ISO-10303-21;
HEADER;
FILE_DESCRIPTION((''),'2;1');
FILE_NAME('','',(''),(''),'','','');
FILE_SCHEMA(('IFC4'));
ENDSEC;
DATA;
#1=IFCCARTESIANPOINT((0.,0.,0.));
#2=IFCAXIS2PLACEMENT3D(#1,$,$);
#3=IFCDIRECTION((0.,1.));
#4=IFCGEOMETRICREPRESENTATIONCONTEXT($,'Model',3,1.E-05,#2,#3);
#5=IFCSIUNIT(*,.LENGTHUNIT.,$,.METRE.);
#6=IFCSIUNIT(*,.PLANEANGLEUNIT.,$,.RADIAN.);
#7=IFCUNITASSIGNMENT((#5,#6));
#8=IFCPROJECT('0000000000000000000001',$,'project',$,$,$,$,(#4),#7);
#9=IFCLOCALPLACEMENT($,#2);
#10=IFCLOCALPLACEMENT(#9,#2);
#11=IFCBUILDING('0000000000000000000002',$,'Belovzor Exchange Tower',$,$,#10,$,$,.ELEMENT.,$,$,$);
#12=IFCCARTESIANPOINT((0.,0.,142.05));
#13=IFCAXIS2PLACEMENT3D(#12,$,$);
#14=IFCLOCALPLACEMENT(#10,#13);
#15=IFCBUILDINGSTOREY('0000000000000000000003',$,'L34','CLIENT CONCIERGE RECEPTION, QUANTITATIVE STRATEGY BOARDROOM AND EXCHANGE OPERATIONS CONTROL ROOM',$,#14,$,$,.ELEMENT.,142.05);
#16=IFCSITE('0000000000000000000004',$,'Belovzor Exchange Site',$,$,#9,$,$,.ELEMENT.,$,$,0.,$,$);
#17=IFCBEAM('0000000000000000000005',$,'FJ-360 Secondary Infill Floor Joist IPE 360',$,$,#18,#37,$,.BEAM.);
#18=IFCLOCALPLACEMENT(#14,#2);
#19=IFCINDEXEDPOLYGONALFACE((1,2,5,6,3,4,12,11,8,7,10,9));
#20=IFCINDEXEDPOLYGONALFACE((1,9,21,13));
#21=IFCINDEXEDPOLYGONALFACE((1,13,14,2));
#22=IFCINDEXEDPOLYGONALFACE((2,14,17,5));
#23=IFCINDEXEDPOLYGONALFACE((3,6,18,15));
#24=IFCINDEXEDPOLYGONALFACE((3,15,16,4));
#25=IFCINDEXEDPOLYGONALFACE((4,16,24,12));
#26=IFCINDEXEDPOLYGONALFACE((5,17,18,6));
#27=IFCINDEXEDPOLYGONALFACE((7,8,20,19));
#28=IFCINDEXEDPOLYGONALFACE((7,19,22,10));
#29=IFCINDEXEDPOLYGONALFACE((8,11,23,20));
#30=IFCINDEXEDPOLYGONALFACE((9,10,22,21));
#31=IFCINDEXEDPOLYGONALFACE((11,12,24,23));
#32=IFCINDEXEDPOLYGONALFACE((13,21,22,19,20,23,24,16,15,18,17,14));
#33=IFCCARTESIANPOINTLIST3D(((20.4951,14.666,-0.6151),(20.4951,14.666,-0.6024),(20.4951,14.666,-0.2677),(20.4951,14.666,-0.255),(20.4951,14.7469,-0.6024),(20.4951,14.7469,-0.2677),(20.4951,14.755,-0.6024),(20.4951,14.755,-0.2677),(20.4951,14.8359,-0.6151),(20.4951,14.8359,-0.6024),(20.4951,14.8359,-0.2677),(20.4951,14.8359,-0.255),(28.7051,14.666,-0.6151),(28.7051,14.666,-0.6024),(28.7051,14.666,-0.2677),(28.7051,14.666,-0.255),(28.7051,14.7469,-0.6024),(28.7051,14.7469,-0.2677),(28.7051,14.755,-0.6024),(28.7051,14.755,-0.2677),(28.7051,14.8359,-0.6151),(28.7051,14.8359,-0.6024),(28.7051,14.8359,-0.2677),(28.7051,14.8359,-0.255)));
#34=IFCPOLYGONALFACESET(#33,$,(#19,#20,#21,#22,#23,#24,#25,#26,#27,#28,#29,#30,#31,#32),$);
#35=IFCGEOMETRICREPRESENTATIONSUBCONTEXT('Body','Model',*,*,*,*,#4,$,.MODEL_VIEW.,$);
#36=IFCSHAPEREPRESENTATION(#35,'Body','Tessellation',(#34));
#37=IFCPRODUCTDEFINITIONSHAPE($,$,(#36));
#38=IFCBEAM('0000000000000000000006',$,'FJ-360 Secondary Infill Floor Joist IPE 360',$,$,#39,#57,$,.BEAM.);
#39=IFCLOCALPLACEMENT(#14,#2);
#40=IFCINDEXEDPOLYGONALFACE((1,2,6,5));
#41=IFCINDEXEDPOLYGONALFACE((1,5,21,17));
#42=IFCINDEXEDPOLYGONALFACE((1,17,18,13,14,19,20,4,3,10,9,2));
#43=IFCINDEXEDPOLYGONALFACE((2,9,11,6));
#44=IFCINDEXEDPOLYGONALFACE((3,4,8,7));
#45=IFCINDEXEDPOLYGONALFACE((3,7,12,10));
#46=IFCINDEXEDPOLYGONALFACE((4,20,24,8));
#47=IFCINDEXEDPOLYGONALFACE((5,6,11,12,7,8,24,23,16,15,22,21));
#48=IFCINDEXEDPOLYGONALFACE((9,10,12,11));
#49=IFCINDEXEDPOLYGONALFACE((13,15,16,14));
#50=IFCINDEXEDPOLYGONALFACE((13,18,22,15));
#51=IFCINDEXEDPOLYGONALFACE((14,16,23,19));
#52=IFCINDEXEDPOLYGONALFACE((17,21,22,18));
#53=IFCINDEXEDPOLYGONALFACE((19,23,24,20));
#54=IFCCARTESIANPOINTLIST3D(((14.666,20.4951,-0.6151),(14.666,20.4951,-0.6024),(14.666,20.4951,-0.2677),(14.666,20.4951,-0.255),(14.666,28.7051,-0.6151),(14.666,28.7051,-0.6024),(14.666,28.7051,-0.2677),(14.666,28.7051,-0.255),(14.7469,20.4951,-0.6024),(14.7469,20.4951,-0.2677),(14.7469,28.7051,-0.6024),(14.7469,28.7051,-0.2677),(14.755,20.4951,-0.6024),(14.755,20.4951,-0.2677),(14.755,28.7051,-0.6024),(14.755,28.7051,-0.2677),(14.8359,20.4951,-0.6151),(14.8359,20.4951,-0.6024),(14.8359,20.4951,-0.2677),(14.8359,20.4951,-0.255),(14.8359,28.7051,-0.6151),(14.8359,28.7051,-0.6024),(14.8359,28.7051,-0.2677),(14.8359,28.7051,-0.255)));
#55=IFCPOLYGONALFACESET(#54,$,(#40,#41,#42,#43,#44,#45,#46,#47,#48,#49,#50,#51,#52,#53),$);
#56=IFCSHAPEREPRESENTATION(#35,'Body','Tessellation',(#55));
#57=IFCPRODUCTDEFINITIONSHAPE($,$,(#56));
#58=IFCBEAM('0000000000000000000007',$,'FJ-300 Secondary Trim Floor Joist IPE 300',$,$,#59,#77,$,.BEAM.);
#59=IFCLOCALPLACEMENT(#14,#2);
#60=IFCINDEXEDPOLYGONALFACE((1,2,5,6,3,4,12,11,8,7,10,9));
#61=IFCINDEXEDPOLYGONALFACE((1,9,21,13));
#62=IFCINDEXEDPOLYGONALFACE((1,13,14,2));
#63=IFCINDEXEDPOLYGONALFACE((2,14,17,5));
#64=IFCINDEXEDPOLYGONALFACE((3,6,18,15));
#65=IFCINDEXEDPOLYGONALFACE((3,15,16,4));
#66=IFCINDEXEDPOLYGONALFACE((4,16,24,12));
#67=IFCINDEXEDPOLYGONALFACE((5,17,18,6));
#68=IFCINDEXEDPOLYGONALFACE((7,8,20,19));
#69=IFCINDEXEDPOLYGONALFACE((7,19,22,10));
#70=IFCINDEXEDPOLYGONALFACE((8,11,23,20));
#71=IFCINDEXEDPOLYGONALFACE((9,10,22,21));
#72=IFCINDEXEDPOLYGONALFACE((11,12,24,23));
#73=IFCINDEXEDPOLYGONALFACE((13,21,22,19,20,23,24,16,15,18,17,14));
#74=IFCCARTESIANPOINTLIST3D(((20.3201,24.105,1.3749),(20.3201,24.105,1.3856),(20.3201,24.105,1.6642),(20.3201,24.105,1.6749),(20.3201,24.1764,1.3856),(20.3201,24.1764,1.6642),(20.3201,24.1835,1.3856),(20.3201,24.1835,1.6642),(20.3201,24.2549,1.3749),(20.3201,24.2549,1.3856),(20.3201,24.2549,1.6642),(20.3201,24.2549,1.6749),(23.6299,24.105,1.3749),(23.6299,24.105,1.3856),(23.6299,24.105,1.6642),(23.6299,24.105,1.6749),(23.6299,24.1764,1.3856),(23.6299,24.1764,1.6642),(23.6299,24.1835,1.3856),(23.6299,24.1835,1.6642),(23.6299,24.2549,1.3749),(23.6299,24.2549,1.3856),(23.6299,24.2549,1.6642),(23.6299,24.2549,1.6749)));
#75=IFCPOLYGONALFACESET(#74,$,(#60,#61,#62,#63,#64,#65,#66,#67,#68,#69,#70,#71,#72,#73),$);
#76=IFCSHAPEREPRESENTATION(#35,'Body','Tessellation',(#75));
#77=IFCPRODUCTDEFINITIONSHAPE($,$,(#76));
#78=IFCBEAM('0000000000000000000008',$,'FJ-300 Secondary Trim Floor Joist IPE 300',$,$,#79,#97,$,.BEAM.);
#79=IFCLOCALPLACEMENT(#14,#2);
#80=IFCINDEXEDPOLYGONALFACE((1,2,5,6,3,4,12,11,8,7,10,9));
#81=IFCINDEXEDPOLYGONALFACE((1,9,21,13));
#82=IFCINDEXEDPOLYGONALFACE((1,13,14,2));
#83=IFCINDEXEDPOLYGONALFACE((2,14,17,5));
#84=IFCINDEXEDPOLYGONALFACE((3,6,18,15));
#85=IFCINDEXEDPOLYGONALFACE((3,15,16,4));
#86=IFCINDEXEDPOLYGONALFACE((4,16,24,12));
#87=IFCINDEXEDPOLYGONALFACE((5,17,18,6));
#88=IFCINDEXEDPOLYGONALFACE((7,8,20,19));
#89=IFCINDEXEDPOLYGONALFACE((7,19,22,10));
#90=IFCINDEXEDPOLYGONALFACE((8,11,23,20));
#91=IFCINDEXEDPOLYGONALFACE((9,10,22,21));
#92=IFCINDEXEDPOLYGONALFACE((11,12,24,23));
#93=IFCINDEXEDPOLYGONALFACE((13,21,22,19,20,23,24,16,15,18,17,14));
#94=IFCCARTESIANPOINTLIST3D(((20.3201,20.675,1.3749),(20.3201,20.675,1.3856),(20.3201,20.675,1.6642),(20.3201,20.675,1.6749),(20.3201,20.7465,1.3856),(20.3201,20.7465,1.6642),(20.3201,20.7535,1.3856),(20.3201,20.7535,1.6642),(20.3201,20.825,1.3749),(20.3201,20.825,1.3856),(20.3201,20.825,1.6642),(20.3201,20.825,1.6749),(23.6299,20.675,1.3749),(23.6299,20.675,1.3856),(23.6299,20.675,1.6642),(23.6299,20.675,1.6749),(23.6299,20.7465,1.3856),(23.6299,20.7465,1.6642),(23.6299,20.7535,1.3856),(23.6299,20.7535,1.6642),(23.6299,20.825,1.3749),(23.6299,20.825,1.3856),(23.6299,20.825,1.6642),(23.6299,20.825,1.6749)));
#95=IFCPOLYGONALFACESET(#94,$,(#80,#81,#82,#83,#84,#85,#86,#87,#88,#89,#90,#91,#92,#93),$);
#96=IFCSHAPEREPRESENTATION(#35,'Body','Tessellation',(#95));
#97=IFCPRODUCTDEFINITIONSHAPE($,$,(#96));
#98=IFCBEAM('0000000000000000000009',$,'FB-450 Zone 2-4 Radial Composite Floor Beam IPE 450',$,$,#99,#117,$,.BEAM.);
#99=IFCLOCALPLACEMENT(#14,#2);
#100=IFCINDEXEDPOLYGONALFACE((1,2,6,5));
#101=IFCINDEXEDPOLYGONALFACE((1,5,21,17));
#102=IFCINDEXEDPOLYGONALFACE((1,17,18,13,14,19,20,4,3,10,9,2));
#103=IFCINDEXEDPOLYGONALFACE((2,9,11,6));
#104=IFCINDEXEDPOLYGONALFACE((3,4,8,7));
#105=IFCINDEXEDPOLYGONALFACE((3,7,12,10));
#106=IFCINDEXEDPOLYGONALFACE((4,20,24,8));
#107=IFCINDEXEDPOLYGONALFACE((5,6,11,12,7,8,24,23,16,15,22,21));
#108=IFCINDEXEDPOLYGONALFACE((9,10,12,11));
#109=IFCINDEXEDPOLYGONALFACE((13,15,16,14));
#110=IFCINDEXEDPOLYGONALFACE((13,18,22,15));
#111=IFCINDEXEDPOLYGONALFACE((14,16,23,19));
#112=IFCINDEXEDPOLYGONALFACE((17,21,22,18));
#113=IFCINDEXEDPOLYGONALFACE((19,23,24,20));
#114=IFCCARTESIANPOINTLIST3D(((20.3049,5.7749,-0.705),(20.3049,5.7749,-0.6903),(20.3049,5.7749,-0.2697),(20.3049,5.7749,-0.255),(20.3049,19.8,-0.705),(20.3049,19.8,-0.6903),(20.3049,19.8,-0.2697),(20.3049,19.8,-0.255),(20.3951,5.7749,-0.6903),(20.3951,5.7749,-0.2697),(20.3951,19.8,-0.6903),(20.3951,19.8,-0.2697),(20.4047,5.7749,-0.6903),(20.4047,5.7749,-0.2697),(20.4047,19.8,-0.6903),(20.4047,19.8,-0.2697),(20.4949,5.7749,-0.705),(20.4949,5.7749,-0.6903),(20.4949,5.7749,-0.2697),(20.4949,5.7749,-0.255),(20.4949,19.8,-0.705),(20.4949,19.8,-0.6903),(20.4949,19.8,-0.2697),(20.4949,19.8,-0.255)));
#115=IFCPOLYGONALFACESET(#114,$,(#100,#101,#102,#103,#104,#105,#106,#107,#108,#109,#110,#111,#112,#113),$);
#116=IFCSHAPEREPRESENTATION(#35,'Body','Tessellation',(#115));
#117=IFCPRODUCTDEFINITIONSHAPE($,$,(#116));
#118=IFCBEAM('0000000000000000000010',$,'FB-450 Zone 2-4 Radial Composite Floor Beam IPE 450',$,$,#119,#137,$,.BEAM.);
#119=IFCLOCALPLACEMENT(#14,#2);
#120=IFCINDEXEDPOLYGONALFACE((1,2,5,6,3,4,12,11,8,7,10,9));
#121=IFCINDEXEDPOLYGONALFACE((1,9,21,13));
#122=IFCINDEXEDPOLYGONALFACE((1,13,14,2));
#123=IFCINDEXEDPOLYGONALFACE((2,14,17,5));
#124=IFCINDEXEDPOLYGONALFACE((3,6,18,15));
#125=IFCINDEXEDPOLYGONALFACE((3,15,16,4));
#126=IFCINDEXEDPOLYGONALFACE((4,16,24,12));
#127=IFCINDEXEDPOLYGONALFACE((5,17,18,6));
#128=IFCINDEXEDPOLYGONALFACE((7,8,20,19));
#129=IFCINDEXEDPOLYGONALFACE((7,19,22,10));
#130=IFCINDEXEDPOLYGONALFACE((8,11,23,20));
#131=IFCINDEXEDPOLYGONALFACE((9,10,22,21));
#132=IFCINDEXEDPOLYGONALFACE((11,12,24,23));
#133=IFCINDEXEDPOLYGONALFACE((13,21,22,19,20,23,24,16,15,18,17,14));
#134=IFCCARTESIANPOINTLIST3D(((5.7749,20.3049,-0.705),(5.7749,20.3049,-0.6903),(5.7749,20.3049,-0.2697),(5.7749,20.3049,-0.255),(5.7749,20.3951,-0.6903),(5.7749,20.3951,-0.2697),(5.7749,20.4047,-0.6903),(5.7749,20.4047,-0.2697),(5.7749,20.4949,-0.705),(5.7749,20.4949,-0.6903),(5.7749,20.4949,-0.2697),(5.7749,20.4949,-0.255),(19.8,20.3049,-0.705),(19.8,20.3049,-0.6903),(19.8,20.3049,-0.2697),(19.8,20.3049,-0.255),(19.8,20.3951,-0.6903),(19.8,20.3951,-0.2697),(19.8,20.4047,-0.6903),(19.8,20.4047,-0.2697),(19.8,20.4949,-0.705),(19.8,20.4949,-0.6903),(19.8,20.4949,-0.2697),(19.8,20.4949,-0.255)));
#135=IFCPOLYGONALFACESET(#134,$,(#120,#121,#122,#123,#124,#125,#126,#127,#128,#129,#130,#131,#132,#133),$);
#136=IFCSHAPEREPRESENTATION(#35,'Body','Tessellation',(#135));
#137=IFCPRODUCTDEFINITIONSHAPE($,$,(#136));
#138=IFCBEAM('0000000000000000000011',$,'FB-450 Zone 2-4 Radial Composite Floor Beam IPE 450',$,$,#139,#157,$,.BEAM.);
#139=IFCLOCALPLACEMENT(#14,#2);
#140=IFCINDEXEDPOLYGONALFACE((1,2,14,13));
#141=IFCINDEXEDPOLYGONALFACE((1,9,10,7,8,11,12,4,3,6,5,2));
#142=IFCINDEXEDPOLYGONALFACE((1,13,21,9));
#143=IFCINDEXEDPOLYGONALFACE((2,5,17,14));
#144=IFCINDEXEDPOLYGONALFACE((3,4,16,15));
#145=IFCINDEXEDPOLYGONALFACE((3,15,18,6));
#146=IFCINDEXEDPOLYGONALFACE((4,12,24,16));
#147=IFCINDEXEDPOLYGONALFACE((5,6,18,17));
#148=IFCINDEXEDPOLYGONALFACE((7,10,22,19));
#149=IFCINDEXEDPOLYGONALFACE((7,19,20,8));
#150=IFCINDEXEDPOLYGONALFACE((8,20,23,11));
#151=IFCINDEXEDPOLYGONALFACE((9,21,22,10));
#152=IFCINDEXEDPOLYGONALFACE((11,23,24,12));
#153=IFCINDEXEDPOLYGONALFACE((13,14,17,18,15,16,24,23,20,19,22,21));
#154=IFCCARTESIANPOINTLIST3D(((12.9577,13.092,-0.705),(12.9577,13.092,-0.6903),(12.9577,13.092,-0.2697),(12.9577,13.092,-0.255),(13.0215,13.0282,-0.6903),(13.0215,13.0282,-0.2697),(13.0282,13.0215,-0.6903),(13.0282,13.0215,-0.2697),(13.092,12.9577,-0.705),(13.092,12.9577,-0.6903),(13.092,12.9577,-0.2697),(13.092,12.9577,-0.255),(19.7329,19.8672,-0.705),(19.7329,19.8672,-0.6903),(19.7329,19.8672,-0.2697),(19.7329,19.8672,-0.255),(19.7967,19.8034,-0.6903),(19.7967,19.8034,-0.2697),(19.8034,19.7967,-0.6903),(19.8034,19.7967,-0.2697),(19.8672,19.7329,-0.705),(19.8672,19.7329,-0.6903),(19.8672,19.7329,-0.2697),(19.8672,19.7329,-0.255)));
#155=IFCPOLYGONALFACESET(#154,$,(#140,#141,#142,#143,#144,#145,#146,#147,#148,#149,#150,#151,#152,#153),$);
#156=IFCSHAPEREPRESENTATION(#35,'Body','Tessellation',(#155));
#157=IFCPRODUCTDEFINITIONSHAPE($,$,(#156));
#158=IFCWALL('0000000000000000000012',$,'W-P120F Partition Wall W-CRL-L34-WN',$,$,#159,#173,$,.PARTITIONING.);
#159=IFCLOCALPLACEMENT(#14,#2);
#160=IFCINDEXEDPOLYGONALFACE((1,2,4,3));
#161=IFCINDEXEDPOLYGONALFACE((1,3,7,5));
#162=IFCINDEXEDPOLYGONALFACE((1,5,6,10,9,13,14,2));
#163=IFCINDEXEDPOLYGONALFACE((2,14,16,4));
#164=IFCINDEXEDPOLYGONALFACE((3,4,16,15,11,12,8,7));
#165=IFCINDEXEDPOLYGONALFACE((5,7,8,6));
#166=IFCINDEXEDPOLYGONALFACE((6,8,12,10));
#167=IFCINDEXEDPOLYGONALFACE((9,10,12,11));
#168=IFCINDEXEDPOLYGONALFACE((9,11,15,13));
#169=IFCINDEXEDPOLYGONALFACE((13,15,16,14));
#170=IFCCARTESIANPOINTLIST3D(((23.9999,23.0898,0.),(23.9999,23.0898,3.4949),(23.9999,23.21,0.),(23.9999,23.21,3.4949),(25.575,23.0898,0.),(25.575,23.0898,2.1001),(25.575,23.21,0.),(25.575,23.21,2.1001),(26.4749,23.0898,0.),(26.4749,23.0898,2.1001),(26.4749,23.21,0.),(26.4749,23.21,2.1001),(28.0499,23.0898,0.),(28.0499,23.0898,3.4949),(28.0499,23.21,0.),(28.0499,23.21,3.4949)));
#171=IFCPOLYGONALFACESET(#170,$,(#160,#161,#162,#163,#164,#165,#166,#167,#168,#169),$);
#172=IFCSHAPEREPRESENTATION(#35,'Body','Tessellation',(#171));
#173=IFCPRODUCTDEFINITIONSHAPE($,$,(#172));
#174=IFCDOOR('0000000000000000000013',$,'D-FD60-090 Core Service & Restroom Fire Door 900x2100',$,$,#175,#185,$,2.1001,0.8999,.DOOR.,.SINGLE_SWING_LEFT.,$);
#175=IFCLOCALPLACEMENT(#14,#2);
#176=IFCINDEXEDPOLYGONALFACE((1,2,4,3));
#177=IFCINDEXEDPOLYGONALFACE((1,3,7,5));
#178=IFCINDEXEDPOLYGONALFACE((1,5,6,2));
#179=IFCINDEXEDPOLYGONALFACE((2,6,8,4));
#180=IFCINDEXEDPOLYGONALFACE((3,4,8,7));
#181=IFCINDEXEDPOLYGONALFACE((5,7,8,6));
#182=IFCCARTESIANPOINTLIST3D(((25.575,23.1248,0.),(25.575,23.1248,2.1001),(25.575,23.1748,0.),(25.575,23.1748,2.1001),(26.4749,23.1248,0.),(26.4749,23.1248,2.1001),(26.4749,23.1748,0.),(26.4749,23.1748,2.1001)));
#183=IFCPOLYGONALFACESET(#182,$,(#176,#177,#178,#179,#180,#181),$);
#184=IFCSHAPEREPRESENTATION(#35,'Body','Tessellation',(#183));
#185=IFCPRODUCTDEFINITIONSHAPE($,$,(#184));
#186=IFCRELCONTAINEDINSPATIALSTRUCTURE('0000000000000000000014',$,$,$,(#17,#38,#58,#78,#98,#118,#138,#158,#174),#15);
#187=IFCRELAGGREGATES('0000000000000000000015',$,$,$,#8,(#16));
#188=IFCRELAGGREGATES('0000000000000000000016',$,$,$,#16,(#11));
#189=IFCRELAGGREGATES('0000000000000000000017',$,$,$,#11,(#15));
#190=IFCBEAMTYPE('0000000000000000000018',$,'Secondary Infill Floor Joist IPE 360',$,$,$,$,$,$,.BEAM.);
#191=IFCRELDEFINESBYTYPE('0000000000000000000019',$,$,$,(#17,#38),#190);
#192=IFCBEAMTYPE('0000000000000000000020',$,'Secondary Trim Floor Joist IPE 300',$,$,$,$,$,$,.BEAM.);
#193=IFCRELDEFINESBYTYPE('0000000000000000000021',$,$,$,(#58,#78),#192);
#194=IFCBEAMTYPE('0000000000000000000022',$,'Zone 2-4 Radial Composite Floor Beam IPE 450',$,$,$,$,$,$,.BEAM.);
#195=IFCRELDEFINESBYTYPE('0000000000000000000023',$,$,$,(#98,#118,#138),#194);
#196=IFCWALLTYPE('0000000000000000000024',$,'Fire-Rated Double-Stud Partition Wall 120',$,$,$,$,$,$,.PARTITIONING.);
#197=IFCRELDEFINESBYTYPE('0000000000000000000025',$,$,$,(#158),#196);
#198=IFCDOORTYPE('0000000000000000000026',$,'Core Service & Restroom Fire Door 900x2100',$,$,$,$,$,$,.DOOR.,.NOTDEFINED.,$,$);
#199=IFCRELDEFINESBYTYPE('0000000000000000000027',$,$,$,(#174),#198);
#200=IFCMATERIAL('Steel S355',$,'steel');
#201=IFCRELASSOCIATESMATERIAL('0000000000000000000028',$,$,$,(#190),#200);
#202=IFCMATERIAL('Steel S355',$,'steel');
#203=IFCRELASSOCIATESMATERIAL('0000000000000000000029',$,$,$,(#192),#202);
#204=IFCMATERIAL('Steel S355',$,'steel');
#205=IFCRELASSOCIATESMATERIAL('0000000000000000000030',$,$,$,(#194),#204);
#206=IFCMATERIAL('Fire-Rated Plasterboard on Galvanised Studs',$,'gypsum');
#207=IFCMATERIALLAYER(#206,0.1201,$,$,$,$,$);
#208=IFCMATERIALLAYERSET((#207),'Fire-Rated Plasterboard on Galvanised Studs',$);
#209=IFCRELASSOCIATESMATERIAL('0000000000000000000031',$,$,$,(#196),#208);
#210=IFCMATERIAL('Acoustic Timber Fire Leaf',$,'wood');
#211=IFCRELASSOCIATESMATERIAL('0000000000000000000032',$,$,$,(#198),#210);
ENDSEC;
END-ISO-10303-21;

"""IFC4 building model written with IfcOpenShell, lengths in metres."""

from ifc_helpers import new_model, si_unit, direction, frame, frame_2d, origin, origin_2d, place, context, subcontext, project, spatial, rectangle, i_section, extrude, material, layer, layer_set, material_profile, profile_set, type_object, element, fill, save


model = new_model("IFC4")

# Units and contexts
model_context = context("Model", 3, precision=1e-05, world=origin(), true_north=direction((0.0, 1.0)))
body_context = subcontext(model_context, "Body", "Model", "MODEL_VIEW")
ifc_project = project(units=[si_unit("LENGTHUNIT", "METRE"), si_unit("PLANEANGLEUNIT", "RADIAN")], contexts=[model_context])

# Site, building, storey
site_placement = place(None, origin())
site = spatial("IfcSite", under=ifc_project, at=site_placement, Name="Belovzor Exchange Site", CompositionType="ELEMENT", RefElevation=0.0)
building_placement = place(site_placement, origin())
building = spatial("IfcBuilding", under=site, at=building_placement, Name="Belovzor Exchange Tower", CompositionType="ELEMENT")
storey_placement = place(building_placement, frame((0.0, 0.0, 142.05)))
storey = spatial("IfcBuildingStorey", under=building, at=storey_placement, Name="L34", Description="CLIENT CONCIERGE RECEPTION, QUANTITATIVE STRATEGY BOARDROOM AND EXCHANGE OPERATIONS CONTROL ROOM", CompositionType="ELEMENT", Elevation=142.05)

# Beams
ifc_material_1 = material(Name="Steel S355", Category="steel")
ifc_material_profile_1 = material_profile(ifc_material_1, i_section(OverallWidth=0.1699, OverallDepth=0.3601, WebThickness=0.0081, FlangeThickness=0.0127, at=origin_2d()))
ifc_profile_set_1 = profile_set([ifc_material_profile_1], Name="Steel S355")
beam_type_1 = type_object("IfcBeamType", Name="Secondary Infill Floor Joist IPE 360", PredefinedType="BEAM", material=ifc_profile_set_1)
for number, where, z_axis, x_axis, name in (
    (1, (20.4951, 14.751, -0.4351), (1.0, 0.0, 0.0), (0.0, 1.0, 0.0), "FJ-360 Secondary Infill Floor Joist IPE 360"),
    (2, (14.751, 20.4951, -0.4351), (0.0, 1.0, 0.0), (-1.0, 0.0, 0.0), "FJ-360 Secondary Infill Floor Joist IPE 360"),
):
    element("IfcBeam", number, at=place(storey_placement, frame(where, z_axis=z_axis, x_axis=x_axis)), inside=storey, type_object=beam_type_1, Name=name, PredefinedType="BEAM", context=body_context, shape_type="SweptSolid", body=[
        extrude(i_section(OverallWidth=0.1699, OverallDepth=0.3601, WebThickness=0.0081, FlangeThickness=0.0127, at=origin_2d()), origin(), (0.0, 0.0, 1.0), 8.21),
    ])
ifc_material_2 = material(Name="Steel S355", Category="steel")
ifc_material_profile_2 = material_profile(ifc_material_2, i_section(OverallWidth=0.1499, OverallDepth=0.3, WebThickness=0.0071, FlangeThickness=0.0107, at=origin_2d()))
ifc_profile_set_2 = profile_set([ifc_material_profile_2], Name="Steel S355")
beam_type_2 = type_object("IfcBeamType", Name="Secondary Trim Floor Joist IPE 300", PredefinedType="BEAM", material=ifc_profile_set_2)
for number, where, z_axis, x_axis, name in (
    (3, (20.3201, 24.1799, 1.5249), (1.0, 0.0, 0.0), (0.0, 1.0, 0.0), "FJ-300 Secondary Trim Floor Joist IPE 300"),
    (4, (20.3201, 20.75, 1.5249), (1.0, 0.0, 0.0), (0.0, 1.0, 0.0), "FJ-300 Secondary Trim Floor Joist IPE 300"),
):
    element("IfcBeam", number, at=place(storey_placement, frame(where, z_axis=z_axis, x_axis=x_axis)), inside=storey, type_object=beam_type_2, Name=name, PredefinedType="BEAM", context=body_context, shape_type="SweptSolid", body=[
        extrude(i_section(OverallWidth=0.1499, OverallDepth=0.3, WebThickness=0.0071, FlangeThickness=0.0107, at=origin_2d()), origin(), (0.0, 0.0, 1.0), 3.3098),
    ])
ifc_material_3 = material(Name="Steel S355", Category="steel")
ifc_material_profile_3 = material_profile(ifc_material_3, i_section(OverallWidth=0.1899, OverallDepth=0.45, WebThickness=0.0095, FlangeThickness=0.0146, at=origin_2d()))
ifc_profile_set_3 = profile_set([ifc_material_profile_3], Name="Steel S355")
beam_type_3 = type_object("IfcBeamType", Name="Zone 2-4 Radial Composite Floor Beam IPE 450", PredefinedType="BEAM", material=ifc_profile_set_3)
for number, where, z_axis, x_axis, name in (
    (5, (20.3999, 19.8, -0.48), (0.0, -1.0, 0.0), (1.0, 0.0, 0.0), "FB-450 Zone 2-4 Radial Composite Floor Beam IPE 450"),
    (6, (19.8, 20.3999, -0.48), (-1.0, 0.0, 0.0), (0.0, -1.0, 0.0), "FB-450 Zone 2-4 Radial Composite Floor Beam IPE 450"),
):
    element("IfcBeam", number, at=place(storey_placement, frame(where, z_axis=z_axis, x_axis=x_axis)), inside=storey, type_object=beam_type_3, Name=name, PredefinedType="BEAM", context=body_context, shape_type="SweptSolid", body=[
        extrude(i_section(OverallWidth=0.1899, OverallDepth=0.45, WebThickness=0.0095, FlangeThickness=0.0146, at=origin_2d()), origin(), (0.0, 0.0, 1.0), 14.0251),
    ])
beam_placement = place(storey_placement, frame((19.8, 19.8, -0.48), z_axis=(-0.707107, -0.707107, 0.0), x_axis=(0.707107, -0.707107, 0.0)))
element("IfcBeam", 7, at=beam_placement, inside=storey, type_object=beam_type_3, Name="FB-450 Zone 2-4 Radial Composite Floor Beam IPE 450", PredefinedType="BEAM", context=body_context, shape_type="SweptSolid", body=[
    extrude(i_section(OverallWidth=0.1899, OverallDepth=0.45, WebThickness=0.0095, FlangeThickness=0.0146, at=origin_2d()), origin(), (0.0, 0.0, 1.0), 9.5815),
])

# Wall, opening, door
ifc_material_4 = material(Name="Fire-Rated Plasterboard on Galvanised Studs", Category="gypsum")
ifc_layer_1 = layer(ifc_material_4, 0.1201)
ifc_layer_set_1 = layer_set([ifc_layer_1], Name="Fire-Rated Plasterboard on Galvanised Studs")
wall_type_1 = type_object("IfcWallType", Name="Fire-Rated Double-Stud Partition Wall 120", PredefinedType="PARTITIONING", material=ifc_layer_set_1)
wall_1_placement = place(storey_placement, frame((24.0, 23.1499, 0.0), z_axis=(0.0, 0.0, 1.0), x_axis=(1.0, 0.0, 0.0)))
wall_1 = element("IfcWall", 8, at=wall_1_placement, inside=storey, type_object=wall_type_1, Name="W-P120F Partition Wall W-CRL-L34-WN", PredefinedType="PARTITIONING", context=body_context, shape_type="SweptSolid", body=[
    extrude(rectangle(XDim=4.05, YDim=0.1201, at=frame_2d((2.0249, 0.0))), origin(), (0.0, 0.0, 1.0), 3.4949),
])
opening_1_placement = place(wall_1_placement, frame((1.575, 0.0, 0.0)))
opening_1 = element("IfcOpeningElement", 9, at=opening_1_placement, cuts=wall_1, PredefinedType="OPENING", context=body_context, shape_type="SweptSolid", body=[
    extrude(rectangle(XDim=0.8999, YDim=2.1001, at=frame_2d((0.45, 1.05))), frame((0.0, 0.0701, 0.0), z_axis=(0.0, -1.0, 0.0), x_axis=(1.0, 0.0, 0.0)), (0.0, 0.0, 1.0), 0.1401),
])
ifc_material_5 = material(Name="Acoustic Timber Fire Leaf", Category="wood")
door_type_1 = type_object("IfcDoorType", Name="Core Service & Restroom Fire Door 900x2100", OperationType="NOTDEFINED", PredefinedType="DOOR", material=ifc_material_5)
door_1_placement = place(opening_1_placement, origin())
door_1 = element("IfcDoor", 10, at=door_1_placement, inside=storey, type_object=door_type_1, Name="D-FD60-090 Core Service & Restroom Fire Door 900x2100", OperationType="SINGLE_SWING_LEFT", OverallHeight=2.1001, OverallWidth=0.8999, PredefinedType="DOOR", context=body_context, shape_type="SweptSolid", body=[
    extrude(rectangle(XDim=0.8999, YDim=2.1001, at=frame_2d((0.45, 1.05))), frame((0.0, 0.0249, 0.0), z_axis=(0.0, -1.0, 0.0), x_axis=(1.0, 0.0, 0.0)), (0.0, 0.0, 1.0), 0.05),
])
fill(opening_1, door_1)

save(model, "model.ifc")
